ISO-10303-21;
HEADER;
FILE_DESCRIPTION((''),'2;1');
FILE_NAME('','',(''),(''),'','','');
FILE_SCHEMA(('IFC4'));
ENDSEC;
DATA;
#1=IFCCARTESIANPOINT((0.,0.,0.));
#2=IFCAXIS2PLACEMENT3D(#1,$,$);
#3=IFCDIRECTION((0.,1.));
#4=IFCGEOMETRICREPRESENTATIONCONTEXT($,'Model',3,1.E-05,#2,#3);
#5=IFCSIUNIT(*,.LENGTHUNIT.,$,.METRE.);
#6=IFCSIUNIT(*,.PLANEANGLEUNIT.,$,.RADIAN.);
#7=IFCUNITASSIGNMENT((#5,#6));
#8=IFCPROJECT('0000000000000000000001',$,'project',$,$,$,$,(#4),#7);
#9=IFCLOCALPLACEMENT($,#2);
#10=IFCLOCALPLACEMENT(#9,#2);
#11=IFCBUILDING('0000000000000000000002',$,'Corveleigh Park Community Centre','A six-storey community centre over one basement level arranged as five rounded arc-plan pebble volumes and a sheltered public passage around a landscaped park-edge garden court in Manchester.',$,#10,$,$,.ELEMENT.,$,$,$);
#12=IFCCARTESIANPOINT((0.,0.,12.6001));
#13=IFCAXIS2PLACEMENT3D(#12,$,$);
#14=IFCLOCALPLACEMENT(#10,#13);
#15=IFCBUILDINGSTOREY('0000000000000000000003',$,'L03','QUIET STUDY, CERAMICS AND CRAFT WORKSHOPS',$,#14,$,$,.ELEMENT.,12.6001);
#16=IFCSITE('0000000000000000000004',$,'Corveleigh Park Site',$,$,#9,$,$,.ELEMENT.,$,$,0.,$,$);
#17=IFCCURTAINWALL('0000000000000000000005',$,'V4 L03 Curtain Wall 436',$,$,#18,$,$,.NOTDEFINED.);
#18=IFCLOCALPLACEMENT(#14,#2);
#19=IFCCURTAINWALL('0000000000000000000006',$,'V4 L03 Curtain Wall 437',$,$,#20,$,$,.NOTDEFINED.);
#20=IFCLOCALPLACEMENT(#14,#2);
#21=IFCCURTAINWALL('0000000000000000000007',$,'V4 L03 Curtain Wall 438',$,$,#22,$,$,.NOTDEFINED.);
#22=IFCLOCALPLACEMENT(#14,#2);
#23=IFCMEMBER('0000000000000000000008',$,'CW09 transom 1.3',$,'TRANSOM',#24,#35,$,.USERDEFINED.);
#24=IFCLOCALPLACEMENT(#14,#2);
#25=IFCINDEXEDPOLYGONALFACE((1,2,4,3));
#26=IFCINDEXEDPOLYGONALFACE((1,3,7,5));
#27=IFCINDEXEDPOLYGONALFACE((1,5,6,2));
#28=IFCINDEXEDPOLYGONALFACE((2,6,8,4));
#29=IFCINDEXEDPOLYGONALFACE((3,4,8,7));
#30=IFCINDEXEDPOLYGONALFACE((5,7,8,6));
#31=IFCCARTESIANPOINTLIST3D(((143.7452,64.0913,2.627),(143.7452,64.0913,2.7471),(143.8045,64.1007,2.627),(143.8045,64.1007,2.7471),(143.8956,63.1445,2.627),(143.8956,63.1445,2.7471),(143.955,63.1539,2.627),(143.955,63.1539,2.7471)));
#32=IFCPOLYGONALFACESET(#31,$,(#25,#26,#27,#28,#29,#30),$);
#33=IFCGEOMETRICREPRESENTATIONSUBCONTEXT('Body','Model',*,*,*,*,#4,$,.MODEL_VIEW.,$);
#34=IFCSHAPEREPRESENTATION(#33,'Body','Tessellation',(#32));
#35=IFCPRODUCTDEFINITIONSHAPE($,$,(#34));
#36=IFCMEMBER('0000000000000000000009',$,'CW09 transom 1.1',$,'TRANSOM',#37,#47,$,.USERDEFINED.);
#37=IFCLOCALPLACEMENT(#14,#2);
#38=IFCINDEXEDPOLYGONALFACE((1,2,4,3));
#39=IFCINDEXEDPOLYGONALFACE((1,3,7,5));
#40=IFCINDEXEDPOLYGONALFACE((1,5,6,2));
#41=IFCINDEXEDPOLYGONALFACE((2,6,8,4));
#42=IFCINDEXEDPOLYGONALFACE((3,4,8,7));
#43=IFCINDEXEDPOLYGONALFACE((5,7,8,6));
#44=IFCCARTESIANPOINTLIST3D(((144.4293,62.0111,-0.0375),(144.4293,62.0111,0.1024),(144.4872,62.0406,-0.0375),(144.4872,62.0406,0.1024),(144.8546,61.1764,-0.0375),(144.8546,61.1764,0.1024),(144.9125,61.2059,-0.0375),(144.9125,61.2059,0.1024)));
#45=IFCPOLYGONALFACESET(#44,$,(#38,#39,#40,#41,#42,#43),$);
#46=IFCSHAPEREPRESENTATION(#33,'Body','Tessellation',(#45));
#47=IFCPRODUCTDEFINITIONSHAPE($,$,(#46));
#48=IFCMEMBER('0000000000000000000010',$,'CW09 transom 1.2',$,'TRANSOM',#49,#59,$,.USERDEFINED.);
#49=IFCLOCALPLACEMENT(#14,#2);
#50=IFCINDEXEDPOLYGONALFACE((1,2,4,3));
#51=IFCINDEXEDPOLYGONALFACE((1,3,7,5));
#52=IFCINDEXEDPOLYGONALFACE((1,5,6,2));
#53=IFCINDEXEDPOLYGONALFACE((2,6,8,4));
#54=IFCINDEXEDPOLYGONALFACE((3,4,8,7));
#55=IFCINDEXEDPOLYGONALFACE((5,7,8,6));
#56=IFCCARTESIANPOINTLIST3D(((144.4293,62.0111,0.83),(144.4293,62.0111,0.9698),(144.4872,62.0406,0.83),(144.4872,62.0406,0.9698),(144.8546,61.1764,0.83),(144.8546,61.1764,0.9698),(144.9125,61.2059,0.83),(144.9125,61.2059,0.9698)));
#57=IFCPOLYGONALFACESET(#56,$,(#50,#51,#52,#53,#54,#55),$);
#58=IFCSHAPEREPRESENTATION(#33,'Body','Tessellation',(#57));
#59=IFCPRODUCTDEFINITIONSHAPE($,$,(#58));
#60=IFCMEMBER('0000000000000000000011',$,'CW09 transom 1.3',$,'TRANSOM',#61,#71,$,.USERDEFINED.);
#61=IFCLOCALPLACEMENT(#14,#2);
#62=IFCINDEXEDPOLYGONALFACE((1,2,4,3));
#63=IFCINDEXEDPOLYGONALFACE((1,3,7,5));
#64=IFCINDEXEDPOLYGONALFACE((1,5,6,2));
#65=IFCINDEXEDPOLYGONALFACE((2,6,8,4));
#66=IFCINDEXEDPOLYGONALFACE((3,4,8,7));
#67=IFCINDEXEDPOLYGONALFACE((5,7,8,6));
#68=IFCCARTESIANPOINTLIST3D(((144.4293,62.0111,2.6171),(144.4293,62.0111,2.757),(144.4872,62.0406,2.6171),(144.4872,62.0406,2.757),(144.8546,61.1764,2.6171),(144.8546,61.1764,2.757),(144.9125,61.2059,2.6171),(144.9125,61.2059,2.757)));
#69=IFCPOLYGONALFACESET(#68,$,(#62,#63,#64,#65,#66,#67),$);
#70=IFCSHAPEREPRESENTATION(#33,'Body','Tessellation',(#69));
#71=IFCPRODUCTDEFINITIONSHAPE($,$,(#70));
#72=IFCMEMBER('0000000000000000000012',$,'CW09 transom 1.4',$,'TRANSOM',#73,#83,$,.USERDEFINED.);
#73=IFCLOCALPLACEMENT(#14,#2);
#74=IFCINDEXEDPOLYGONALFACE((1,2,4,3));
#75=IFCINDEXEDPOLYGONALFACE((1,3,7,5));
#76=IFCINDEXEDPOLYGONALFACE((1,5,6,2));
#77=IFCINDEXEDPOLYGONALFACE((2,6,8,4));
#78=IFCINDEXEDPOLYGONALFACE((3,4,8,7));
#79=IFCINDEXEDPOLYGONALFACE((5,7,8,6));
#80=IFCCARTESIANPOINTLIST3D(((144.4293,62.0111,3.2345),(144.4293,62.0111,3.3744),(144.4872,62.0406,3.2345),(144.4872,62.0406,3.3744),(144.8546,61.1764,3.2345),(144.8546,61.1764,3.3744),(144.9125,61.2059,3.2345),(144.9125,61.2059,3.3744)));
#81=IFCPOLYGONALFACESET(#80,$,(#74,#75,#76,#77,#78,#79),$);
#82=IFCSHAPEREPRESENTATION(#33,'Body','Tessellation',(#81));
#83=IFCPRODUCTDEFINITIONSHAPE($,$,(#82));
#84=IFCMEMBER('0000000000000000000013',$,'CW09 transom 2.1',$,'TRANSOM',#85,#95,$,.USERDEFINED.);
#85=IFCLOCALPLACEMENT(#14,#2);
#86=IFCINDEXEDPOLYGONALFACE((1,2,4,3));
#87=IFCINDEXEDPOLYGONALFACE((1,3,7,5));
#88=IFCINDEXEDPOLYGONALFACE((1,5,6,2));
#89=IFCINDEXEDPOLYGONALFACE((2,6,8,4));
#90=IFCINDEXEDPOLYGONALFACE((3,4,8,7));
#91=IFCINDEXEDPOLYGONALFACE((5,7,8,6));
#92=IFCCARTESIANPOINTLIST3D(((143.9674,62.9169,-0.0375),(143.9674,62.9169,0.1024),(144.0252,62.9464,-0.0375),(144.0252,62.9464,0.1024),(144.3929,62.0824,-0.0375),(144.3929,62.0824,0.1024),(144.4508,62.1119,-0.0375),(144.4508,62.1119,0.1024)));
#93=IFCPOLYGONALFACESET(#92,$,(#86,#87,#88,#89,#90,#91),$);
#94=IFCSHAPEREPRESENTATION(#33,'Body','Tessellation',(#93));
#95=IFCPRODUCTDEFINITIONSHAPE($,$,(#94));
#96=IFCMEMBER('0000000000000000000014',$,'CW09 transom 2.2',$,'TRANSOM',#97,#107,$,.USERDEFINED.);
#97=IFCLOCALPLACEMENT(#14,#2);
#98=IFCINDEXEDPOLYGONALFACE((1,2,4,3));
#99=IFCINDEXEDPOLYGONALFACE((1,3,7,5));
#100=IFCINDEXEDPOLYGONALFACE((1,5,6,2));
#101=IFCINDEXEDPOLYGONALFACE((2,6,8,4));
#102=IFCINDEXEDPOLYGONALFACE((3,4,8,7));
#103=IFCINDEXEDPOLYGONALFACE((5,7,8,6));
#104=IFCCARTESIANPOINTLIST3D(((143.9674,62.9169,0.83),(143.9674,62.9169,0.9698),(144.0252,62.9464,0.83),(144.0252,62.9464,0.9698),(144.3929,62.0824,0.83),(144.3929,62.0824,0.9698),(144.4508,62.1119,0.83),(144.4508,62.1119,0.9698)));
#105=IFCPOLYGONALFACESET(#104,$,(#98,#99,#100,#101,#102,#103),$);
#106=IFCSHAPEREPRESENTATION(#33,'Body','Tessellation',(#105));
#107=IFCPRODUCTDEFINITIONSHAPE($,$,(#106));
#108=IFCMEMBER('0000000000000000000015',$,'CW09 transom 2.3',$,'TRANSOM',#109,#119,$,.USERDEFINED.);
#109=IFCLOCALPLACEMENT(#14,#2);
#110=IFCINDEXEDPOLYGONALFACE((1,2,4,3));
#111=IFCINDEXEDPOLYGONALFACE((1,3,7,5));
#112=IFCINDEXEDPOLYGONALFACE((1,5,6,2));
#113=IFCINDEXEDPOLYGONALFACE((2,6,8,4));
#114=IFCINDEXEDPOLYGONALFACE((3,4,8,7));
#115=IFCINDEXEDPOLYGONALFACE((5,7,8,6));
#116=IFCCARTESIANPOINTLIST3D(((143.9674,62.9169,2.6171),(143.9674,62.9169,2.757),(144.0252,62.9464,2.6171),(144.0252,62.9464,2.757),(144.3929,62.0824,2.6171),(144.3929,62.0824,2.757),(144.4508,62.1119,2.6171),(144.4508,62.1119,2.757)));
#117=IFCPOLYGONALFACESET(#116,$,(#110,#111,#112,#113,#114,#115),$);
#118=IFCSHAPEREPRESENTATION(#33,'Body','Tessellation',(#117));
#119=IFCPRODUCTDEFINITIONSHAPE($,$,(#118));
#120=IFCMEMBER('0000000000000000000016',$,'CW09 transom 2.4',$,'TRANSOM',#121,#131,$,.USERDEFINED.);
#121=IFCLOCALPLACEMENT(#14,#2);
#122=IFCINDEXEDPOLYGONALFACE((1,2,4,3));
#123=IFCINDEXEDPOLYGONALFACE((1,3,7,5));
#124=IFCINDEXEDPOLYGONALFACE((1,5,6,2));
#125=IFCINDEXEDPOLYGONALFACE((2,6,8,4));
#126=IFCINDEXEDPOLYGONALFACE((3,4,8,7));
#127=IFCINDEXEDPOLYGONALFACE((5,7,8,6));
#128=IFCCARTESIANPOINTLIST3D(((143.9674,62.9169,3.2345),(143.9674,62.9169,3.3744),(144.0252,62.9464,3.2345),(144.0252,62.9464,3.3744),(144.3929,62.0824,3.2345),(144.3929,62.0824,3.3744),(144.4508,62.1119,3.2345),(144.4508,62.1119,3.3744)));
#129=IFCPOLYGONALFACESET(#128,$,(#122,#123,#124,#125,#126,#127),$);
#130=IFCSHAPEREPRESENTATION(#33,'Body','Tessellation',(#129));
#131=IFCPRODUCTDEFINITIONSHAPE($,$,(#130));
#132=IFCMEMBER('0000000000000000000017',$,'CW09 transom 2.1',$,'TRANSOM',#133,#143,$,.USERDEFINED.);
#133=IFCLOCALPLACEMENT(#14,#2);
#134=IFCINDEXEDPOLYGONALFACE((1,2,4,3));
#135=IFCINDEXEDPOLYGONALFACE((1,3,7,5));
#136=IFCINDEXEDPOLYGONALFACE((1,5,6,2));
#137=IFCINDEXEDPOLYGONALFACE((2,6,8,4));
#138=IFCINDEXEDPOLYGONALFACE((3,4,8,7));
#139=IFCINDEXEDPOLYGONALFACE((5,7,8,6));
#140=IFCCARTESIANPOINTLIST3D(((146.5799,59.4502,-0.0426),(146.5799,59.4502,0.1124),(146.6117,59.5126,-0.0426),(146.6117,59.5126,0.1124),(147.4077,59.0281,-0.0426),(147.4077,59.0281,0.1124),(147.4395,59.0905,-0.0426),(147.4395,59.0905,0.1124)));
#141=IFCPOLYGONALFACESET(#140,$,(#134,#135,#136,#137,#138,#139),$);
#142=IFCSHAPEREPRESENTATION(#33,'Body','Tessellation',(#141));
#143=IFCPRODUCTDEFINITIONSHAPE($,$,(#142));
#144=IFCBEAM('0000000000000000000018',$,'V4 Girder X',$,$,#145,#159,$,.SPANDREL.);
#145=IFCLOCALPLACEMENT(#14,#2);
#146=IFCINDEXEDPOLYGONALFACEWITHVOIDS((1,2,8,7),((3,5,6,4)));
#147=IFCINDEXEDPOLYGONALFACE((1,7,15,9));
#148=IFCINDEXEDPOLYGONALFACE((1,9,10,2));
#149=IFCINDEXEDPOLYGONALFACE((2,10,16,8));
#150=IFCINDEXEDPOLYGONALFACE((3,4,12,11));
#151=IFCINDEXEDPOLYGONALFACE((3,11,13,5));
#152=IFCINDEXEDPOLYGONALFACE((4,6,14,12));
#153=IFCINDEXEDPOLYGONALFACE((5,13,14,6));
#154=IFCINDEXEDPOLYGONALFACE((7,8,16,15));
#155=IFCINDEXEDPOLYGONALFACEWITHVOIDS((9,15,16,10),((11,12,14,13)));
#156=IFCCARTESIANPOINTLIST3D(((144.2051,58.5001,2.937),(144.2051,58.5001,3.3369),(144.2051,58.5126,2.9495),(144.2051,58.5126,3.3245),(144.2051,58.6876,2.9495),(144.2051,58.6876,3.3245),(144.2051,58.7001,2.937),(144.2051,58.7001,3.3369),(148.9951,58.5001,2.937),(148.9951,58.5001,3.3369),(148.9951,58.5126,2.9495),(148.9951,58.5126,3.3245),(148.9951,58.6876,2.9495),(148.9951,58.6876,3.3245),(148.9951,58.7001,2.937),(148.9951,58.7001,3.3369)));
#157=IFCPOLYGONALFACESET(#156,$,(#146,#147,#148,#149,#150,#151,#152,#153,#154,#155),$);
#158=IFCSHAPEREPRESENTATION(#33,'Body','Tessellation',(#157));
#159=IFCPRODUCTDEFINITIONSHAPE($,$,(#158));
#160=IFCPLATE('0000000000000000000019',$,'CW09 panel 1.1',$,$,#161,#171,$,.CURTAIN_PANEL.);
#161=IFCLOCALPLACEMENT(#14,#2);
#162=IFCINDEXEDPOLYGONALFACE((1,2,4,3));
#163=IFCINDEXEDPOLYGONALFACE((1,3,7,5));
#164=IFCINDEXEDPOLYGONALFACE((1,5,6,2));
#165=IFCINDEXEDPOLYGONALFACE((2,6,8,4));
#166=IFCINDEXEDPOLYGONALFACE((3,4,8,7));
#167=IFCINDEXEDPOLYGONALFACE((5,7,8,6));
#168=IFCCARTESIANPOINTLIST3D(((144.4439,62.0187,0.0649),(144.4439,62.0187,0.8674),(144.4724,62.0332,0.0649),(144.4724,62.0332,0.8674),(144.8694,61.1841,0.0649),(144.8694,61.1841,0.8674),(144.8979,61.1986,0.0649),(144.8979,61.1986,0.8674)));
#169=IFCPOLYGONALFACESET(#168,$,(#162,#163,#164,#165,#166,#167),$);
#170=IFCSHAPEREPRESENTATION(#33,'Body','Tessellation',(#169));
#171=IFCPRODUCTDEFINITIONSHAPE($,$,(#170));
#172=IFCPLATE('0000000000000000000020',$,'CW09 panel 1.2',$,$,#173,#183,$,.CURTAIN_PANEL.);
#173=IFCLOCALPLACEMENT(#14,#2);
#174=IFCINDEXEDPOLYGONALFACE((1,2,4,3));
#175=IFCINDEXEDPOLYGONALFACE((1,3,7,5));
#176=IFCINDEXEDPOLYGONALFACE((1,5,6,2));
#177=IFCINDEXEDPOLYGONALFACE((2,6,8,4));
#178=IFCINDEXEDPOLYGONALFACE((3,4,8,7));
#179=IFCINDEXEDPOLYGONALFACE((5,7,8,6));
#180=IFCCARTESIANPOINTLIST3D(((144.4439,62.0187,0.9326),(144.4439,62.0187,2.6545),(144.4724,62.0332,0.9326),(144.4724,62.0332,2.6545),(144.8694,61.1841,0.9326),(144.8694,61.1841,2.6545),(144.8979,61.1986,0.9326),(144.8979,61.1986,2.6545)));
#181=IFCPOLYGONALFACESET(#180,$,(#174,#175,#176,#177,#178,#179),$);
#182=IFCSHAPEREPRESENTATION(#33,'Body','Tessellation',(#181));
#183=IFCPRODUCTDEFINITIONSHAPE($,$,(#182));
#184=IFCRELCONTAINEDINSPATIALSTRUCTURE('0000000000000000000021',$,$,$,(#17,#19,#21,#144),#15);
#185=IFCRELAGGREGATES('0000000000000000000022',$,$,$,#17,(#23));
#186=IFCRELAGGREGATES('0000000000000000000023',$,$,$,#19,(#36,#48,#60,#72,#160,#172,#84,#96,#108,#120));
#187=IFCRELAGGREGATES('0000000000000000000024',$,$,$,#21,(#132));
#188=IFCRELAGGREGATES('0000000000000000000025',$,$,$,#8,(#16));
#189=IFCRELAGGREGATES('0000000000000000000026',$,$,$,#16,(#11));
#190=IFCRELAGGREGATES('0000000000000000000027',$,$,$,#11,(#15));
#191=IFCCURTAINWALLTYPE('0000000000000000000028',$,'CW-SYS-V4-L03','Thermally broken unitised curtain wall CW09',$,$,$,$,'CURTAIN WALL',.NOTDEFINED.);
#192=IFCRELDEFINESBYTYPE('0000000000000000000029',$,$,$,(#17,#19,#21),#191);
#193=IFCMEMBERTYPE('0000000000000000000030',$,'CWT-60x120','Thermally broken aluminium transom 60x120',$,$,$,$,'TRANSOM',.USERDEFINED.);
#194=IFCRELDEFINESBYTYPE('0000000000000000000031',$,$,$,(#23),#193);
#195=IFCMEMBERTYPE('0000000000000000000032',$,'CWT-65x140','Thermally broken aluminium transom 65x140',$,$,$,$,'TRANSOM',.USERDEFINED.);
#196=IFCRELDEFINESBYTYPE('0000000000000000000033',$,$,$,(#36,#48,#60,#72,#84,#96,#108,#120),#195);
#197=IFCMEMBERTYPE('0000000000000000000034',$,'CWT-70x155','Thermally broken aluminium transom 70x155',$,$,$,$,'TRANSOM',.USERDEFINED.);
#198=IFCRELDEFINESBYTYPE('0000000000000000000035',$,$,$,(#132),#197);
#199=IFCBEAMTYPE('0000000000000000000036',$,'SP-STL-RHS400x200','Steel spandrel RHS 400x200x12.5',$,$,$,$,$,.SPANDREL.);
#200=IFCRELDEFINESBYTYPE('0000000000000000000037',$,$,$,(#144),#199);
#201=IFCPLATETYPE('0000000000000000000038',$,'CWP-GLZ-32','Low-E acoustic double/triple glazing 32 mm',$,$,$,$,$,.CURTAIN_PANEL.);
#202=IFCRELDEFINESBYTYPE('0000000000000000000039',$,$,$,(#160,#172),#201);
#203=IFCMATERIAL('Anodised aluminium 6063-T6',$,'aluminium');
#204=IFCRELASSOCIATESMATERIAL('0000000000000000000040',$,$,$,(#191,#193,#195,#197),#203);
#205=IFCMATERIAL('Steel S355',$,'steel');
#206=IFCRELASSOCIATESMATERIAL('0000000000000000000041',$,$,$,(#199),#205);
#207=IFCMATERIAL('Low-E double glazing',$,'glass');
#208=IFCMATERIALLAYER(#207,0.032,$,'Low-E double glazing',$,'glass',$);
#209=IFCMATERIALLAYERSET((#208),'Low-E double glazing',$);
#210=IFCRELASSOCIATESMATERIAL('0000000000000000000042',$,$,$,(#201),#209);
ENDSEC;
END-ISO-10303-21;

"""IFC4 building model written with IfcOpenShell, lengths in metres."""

from ifc_helpers import new_model, si_unit, direction, frame, origin, origin_2d, place, context, subcontext, project, spatial, rectangle, hollow_rectangle, extrude, material, layer, layer_set, material_profile, profile_set, type_object, element, aggregate, save


model = new_model("IFC4")

# Units and contexts
model_context = context("Model", 3, precision=1e-05, world=origin(), true_north=direction((0.0, 1.0)))
body_context = subcontext(model_context, "Body", "Model", "MODEL_VIEW")
ifc_project = project(units=[si_unit("LENGTHUNIT", "METRE"), si_unit("PLANEANGLEUNIT", "RADIAN")], contexts=[model_context])

# Site, building, storey
site_placement = place(None, origin())
site = spatial("IfcSite", under=ifc_project, at=site_placement, Name="Corveleigh Park Site", CompositionType="ELEMENT", RefElevation=0.0)
building_placement = place(site_placement, origin())
building = spatial("IfcBuilding", under=site, at=building_placement, Name="Corveleigh Park Community Centre", Description="A six-storey community centre over one basement level arranged as five rounded arc-plan pebble volumes and a sheltered public passage around a landscaped park-edge garden court in Manchester.", CompositionType="ELEMENT")
storey_placement = place(building_placement, frame((0.0, 0.0, 12.6001)))
storey = spatial("IfcBuildingStorey", under=building, at=storey_placement, Name="L03", Description="QUIET STUDY, CERAMICS AND CRAFT WORKSHOPS", CompositionType="ELEMENT", Elevation=12.6001)

# Shared definitions
ifc_material_1 = material(Name="Steel S355", Category="steel")

# Curtain wall
ifc_material_2 = material(Name="Anodised aluminium 6063-T6", Category="aluminium")
curtain_wall_type = type_object("IfcCurtainWallType", Name="CW-SYS-V4-L03", Description="Thermally broken unitised curtain wall CW09", ElementType="CURTAIN WALL", PredefinedType="NOTDEFINED", material=ifc_material_2)
curtain_wall_1_placement = place(storey_placement, origin())
curtain_wall_1 = element("IfcCurtainWall", 1, at=curtain_wall_1_placement, inside=storey, type_object=curtain_wall_type, Name="V4 L03 Curtain Wall 436", PredefinedType="NOTDEFINED")

# Curtain wall
curtain_wall_2_placement = place(storey_placement, origin())
curtain_wall_2 = element("IfcCurtainWall", 2, at=curtain_wall_2_placement, inside=storey, type_object=curtain_wall_type, Name="V4 L03 Curtain Wall 437", PredefinedType="NOTDEFINED")

# Curtain wall
curtain_wall_3_placement = place(storey_placement, origin())
curtain_wall_3 = element("IfcCurtainWall", 3, at=curtain_wall_3_placement, inside=storey, type_object=curtain_wall_type, Name="V4 L03 Curtain Wall 438", PredefinedType="NOTDEFINED")

# Members
ifc_material_profile_1 = material_profile(ifc_material_2, rectangle(XDim=0.0601, YDim=0.1201, at=origin_2d()), Name="ALU-T60x120", Category="aluminium")
ifc_profile_set_1 = profile_set([ifc_material_profile_1], Name="Anodised aluminium 6063-T6")
member_type_1 = type_object("IfcMemberType", Name="CWT-60x120", Description="Thermally broken aluminium transom 60x120", ElementType="TRANSOM", PredefinedType="USERDEFINED", material=ifc_profile_set_1)
member_1_placement = place(storey_placement, frame((143.9253, 63.1492, 2.687), z_axis=(-0.156878, 0.987618, 0.0), x_axis=(-0.987618, -0.156878, 0.0)))
member_1 = element("IfcMember", 4, at=member_1_placement, type_object=member_type_1, Name="CW09 transom 1.3", ObjectType="TRANSOM", PredefinedType="USERDEFINED", context=body_context, shape_type="SweptSolid", body=[
    extrude(rectangle(XDim=0.0601, YDim=0.1201, at=origin_2d()), origin(), (0.0, 0.0, 1.0), 0.9587),
])
aggregate(curtain_wall_1, [member_1])
ifc_material_profile_2 = material_profile(ifc_material_2, rectangle(XDim=0.0649, YDim=0.1399, at=origin_2d()), Name="ALU-T65x140", Category="aluminium")
ifc_profile_set_2 = profile_set([ifc_material_profile_2], Name="Anodised aluminium 6063-T6")
member_type_2 = type_object("IfcMemberType", Name="CWT-65x140", Description="Thermally broken aluminium transom 65x140", ElementType="TRANSOM", PredefinedType="USERDEFINED", material=ifc_profile_set_2)
member_2_placement = place(storey_placement, frame((144.8835, 61.1912, 0.0325), z_axis=(-0.453977, 0.891014, 0.0), x_axis=(-0.891014, -0.453977, 0.0)))
member_2 = element("IfcMember", 5, at=member_2_placement, type_object=member_type_2, Name="CW09 transom 1.1", ObjectType="TRANSOM", PredefinedType="USERDEFINED", context=body_context, shape_type="SweptSolid", body=[
    extrude(rectangle(XDim=0.0649, YDim=0.1399, at=origin_2d()), origin(), (0.0, 0.0, 1.0), 0.9368),
])
member_3_placement = place(storey_placement, frame((144.8835, 61.1912, 0.8999), z_axis=(-0.453977, 0.891014, 0.0), x_axis=(-0.891014, -0.453977, 0.0)))
member_3 = element("IfcMember", 6, at=member_3_placement, type_object=member_type_2, Name="CW09 transom 1.2", ObjectType="TRANSOM", PredefinedType="USERDEFINED", context=body_context, shape_type="SweptSolid", body=[
    extrude(rectangle(XDim=0.0649, YDim=0.1399, at=origin_2d()), origin(), (0.0, 0.0, 1.0), 0.9368),
])
member_4_placement = place(storey_placement, frame((144.8835, 61.1912, 2.687), z_axis=(-0.453977, 0.891014, 0.0), x_axis=(-0.891014, -0.453977, 0.0)))
member_4 = element("IfcMember", 7, at=member_4_placement, type_object=member_type_2, Name="CW09 transom 1.3", ObjectType="TRANSOM", PredefinedType="USERDEFINED", context=body_context, shape_type="SweptSolid", body=[
    extrude(rectangle(XDim=0.0649, YDim=0.1399, at=origin_2d()), origin(), (0.0, 0.0, 1.0), 0.9368),
])
member_5_placement = place(storey_placement, frame((144.8835, 61.1912, 3.3044), z_axis=(-0.453977, 0.891014, 0.0), x_axis=(-0.891014, -0.453977, 0.0)))
member_5 = element("IfcMember", 8, at=member_5_placement, type_object=member_type_2, Name="CW09 transom 1.4", ObjectType="TRANSOM", PredefinedType="USERDEFINED", context=body_context, shape_type="SweptSolid", body=[
    extrude(rectangle(XDim=0.0649, YDim=0.1399, at=origin_2d()), origin(), (0.0, 0.0, 1.0), 0.9368),
])
member_6_placement = place(storey_placement, frame((144.4219, 62.0972, 0.0325), z_axis=(-0.454289, 0.890854, 0.0), x_axis=(-0.890854, -0.454289, 0.0)))
member_6 = element("IfcMember", 9, at=member_6_placement, type_object=member_type_2, Name="CW09 transom 2.1", ObjectType="TRANSOM", PredefinedType="USERDEFINED", context=body_context, shape_type="SweptSolid", body=[
    extrude(rectangle(XDim=0.0649, YDim=0.1399, at=origin_2d()), origin(), (0.0, 0.0, 1.0), 0.9368),
])
member_7_placement = place(storey_placement, frame((144.4219, 62.0972, 0.8999), z_axis=(-0.454289, 0.890854, 0.0), x_axis=(-0.890854, -0.454289, 0.0)))
member_7 = element("IfcMember", 10, at=member_7_placement, type_object=member_type_2, Name="CW09 transom 2.2", ObjectType="TRANSOM", PredefinedType="USERDEFINED", context=body_context, shape_type="SweptSolid", body=[
    extrude(rectangle(XDim=0.0649, YDim=0.1399, at=origin_2d()), origin(), (0.0, 0.0, 1.0), 0.9368),
])
member_8_placement = place(storey_placement, frame((144.4219, 62.0972, 2.687), z_axis=(-0.454289, 0.890854, 0.0), x_axis=(-0.890854, -0.454289, 0.0)))
member_8 = element("IfcMember", 11, at=member_8_placement, type_object=member_type_2, Name="CW09 transom 2.3", ObjectType="TRANSOM", PredefinedType="USERDEFINED", context=body_context, shape_type="SweptSolid", body=[
    extrude(rectangle(XDim=0.0649, YDim=0.1399, at=origin_2d()), origin(), (0.0, 0.0, 1.0), 0.9368),
])
member_9_placement = place(storey_placement, frame((144.4219, 62.0972, 3.3044), z_axis=(-0.454289, 0.890854, 0.0), x_axis=(-0.890854, -0.454289, 0.0)))
member_9 = element("IfcMember", 12, at=member_9_placement, type_object=member_type_2, Name="CW09 transom 2.4", ObjectType="TRANSOM", PredefinedType="USERDEFINED", context=body_context, shape_type="SweptSolid", body=[
    extrude(rectangle(XDim=0.0649, YDim=0.1399, at=origin_2d()), origin(), (0.0, 0.0, 1.0), 0.9368),
])
ifc_material_profile_3 = material_profile(ifc_material_2, rectangle(XDim=0.0701, YDim=0.155, at=origin_2d()), Name="ALU-T70x155", Category="aluminium")
ifc_profile_set_3 = profile_set([ifc_material_profile_3], Name="Anodised aluminium 6063-T6")
member_type_3 = type_object("IfcMemberType", Name="CWT-70x155", Description="Thermally broken aluminium transom 70x155", ElementType="TRANSOM", PredefinedType="USERDEFINED", material=ifc_profile_set_3)
member_10_placement = place(storey_placement, frame((147.4236, 59.0593, 0.0349), z_axis=(-0.890879, 0.454241, 0.0), x_axis=(-0.454241, -0.890879, 0.0)))
member_10 = element("IfcMember", 13, at=member_10_placement, type_object=member_type_3, Name="CW09 transom 2.1", ObjectType="TRANSOM", PredefinedType="USERDEFINED", context=body_context, shape_type="SweptSolid", body=[
    extrude(rectangle(XDim=0.0701, YDim=0.155, at=origin_2d()), origin(), (0.0, 0.0, 1.0), 0.9292),
])

# Beam
ifc_material_profile_4 = material_profile(ifc_material_1, hollow_rectangle(XDim=0.2, YDim=0.3999, WallThickness=0.0125, at=origin_2d()), Name="RHS 400x200x12.5", Category="steel")
ifc_profile_set_4 = profile_set([ifc_material_profile_4], Name="Steel S355")
beam_type_1 = type_object("IfcBeamType", Name="SP-STL-RHS400x200", Description="Steel spandrel RHS 400x200x12.5", PredefinedType="SPANDREL", material=ifc_profile_set_4)
beam_1_placement = place(storey_placement, frame((144.2051, 58.6001, 3.137), z_axis=(1.0, 0.0, 0.0), x_axis=(0.0, 1.0, 0.0)))
element("IfcBeam", 14, at=beam_1_placement, inside=storey, type_object=beam_type_1, Name="V4 Girder X", PredefinedType="SPANDREL", context=body_context, shape_type="SweptSolid", body=[
    extrude(hollow_rectangle(XDim=0.2, YDim=0.3999, WallThickness=0.0125, at=origin_2d()), origin(), (0.0, 0.0, 1.0), 4.79),
])

# Plates
ifc_material_3 = material(Name="Low-E double glazing", Category="glass")
ifc_layer_1 = layer(ifc_material_3, 0.032, Name="Low-E double glazing", Category="glass")
ifc_layer_set_1 = layer_set([ifc_layer_1], Name="Low-E double glazing")
plate_type = type_object("IfcPlateType", Name="CWP-GLZ-32", Description="Low-E acoustic double/triple glazing 32 mm", PredefinedType="CURTAIN_PANEL", material=ifc_layer_set_1)
plate_1_placement = place(storey_placement, frame((144.6709, 61.6086, 0.0649), z_axis=(0.0, 0.0, 1.0), x_axis=(-0.454202, 0.890899, 0.0)))
plate_1 = element("IfcPlate", 15, at=plate_1_placement, type_object=plate_type, Name="CW09 panel 1.1", PredefinedType="CURTAIN_PANEL", context=body_context, shape_type="SweptSolid", body=[
    extrude(rectangle(XDim=0.9368, YDim=0.032, at=origin_2d()), origin(), (0.0, 0.0, 1.0), 0.8025),
])
plate_2_placement = place(storey_placement, frame((144.6709, 61.6086, 0.9326), z_axis=(0.0, 0.0, 1.0), x_axis=(-0.454202, 0.890899, 0.0)))
plate_2 = element("IfcPlate", 16, at=plate_2_placement, type_object=plate_type, Name="CW09 panel 1.2", PredefinedType="CURTAIN_PANEL", context=body_context, shape_type="SweptSolid", body=[
    extrude(rectangle(XDim=0.9368, YDim=0.032, at=origin_2d()), origin(), (0.0, 0.0, 1.0), 1.7219),
])
aggregate(curtain_wall_2, [member_2, member_3, member_4, member_5, plate_1, plate_2, member_6, member_7, member_8, member_9])
aggregate(curtain_wall_3, [member_10])

save(model, "model.ifc")
